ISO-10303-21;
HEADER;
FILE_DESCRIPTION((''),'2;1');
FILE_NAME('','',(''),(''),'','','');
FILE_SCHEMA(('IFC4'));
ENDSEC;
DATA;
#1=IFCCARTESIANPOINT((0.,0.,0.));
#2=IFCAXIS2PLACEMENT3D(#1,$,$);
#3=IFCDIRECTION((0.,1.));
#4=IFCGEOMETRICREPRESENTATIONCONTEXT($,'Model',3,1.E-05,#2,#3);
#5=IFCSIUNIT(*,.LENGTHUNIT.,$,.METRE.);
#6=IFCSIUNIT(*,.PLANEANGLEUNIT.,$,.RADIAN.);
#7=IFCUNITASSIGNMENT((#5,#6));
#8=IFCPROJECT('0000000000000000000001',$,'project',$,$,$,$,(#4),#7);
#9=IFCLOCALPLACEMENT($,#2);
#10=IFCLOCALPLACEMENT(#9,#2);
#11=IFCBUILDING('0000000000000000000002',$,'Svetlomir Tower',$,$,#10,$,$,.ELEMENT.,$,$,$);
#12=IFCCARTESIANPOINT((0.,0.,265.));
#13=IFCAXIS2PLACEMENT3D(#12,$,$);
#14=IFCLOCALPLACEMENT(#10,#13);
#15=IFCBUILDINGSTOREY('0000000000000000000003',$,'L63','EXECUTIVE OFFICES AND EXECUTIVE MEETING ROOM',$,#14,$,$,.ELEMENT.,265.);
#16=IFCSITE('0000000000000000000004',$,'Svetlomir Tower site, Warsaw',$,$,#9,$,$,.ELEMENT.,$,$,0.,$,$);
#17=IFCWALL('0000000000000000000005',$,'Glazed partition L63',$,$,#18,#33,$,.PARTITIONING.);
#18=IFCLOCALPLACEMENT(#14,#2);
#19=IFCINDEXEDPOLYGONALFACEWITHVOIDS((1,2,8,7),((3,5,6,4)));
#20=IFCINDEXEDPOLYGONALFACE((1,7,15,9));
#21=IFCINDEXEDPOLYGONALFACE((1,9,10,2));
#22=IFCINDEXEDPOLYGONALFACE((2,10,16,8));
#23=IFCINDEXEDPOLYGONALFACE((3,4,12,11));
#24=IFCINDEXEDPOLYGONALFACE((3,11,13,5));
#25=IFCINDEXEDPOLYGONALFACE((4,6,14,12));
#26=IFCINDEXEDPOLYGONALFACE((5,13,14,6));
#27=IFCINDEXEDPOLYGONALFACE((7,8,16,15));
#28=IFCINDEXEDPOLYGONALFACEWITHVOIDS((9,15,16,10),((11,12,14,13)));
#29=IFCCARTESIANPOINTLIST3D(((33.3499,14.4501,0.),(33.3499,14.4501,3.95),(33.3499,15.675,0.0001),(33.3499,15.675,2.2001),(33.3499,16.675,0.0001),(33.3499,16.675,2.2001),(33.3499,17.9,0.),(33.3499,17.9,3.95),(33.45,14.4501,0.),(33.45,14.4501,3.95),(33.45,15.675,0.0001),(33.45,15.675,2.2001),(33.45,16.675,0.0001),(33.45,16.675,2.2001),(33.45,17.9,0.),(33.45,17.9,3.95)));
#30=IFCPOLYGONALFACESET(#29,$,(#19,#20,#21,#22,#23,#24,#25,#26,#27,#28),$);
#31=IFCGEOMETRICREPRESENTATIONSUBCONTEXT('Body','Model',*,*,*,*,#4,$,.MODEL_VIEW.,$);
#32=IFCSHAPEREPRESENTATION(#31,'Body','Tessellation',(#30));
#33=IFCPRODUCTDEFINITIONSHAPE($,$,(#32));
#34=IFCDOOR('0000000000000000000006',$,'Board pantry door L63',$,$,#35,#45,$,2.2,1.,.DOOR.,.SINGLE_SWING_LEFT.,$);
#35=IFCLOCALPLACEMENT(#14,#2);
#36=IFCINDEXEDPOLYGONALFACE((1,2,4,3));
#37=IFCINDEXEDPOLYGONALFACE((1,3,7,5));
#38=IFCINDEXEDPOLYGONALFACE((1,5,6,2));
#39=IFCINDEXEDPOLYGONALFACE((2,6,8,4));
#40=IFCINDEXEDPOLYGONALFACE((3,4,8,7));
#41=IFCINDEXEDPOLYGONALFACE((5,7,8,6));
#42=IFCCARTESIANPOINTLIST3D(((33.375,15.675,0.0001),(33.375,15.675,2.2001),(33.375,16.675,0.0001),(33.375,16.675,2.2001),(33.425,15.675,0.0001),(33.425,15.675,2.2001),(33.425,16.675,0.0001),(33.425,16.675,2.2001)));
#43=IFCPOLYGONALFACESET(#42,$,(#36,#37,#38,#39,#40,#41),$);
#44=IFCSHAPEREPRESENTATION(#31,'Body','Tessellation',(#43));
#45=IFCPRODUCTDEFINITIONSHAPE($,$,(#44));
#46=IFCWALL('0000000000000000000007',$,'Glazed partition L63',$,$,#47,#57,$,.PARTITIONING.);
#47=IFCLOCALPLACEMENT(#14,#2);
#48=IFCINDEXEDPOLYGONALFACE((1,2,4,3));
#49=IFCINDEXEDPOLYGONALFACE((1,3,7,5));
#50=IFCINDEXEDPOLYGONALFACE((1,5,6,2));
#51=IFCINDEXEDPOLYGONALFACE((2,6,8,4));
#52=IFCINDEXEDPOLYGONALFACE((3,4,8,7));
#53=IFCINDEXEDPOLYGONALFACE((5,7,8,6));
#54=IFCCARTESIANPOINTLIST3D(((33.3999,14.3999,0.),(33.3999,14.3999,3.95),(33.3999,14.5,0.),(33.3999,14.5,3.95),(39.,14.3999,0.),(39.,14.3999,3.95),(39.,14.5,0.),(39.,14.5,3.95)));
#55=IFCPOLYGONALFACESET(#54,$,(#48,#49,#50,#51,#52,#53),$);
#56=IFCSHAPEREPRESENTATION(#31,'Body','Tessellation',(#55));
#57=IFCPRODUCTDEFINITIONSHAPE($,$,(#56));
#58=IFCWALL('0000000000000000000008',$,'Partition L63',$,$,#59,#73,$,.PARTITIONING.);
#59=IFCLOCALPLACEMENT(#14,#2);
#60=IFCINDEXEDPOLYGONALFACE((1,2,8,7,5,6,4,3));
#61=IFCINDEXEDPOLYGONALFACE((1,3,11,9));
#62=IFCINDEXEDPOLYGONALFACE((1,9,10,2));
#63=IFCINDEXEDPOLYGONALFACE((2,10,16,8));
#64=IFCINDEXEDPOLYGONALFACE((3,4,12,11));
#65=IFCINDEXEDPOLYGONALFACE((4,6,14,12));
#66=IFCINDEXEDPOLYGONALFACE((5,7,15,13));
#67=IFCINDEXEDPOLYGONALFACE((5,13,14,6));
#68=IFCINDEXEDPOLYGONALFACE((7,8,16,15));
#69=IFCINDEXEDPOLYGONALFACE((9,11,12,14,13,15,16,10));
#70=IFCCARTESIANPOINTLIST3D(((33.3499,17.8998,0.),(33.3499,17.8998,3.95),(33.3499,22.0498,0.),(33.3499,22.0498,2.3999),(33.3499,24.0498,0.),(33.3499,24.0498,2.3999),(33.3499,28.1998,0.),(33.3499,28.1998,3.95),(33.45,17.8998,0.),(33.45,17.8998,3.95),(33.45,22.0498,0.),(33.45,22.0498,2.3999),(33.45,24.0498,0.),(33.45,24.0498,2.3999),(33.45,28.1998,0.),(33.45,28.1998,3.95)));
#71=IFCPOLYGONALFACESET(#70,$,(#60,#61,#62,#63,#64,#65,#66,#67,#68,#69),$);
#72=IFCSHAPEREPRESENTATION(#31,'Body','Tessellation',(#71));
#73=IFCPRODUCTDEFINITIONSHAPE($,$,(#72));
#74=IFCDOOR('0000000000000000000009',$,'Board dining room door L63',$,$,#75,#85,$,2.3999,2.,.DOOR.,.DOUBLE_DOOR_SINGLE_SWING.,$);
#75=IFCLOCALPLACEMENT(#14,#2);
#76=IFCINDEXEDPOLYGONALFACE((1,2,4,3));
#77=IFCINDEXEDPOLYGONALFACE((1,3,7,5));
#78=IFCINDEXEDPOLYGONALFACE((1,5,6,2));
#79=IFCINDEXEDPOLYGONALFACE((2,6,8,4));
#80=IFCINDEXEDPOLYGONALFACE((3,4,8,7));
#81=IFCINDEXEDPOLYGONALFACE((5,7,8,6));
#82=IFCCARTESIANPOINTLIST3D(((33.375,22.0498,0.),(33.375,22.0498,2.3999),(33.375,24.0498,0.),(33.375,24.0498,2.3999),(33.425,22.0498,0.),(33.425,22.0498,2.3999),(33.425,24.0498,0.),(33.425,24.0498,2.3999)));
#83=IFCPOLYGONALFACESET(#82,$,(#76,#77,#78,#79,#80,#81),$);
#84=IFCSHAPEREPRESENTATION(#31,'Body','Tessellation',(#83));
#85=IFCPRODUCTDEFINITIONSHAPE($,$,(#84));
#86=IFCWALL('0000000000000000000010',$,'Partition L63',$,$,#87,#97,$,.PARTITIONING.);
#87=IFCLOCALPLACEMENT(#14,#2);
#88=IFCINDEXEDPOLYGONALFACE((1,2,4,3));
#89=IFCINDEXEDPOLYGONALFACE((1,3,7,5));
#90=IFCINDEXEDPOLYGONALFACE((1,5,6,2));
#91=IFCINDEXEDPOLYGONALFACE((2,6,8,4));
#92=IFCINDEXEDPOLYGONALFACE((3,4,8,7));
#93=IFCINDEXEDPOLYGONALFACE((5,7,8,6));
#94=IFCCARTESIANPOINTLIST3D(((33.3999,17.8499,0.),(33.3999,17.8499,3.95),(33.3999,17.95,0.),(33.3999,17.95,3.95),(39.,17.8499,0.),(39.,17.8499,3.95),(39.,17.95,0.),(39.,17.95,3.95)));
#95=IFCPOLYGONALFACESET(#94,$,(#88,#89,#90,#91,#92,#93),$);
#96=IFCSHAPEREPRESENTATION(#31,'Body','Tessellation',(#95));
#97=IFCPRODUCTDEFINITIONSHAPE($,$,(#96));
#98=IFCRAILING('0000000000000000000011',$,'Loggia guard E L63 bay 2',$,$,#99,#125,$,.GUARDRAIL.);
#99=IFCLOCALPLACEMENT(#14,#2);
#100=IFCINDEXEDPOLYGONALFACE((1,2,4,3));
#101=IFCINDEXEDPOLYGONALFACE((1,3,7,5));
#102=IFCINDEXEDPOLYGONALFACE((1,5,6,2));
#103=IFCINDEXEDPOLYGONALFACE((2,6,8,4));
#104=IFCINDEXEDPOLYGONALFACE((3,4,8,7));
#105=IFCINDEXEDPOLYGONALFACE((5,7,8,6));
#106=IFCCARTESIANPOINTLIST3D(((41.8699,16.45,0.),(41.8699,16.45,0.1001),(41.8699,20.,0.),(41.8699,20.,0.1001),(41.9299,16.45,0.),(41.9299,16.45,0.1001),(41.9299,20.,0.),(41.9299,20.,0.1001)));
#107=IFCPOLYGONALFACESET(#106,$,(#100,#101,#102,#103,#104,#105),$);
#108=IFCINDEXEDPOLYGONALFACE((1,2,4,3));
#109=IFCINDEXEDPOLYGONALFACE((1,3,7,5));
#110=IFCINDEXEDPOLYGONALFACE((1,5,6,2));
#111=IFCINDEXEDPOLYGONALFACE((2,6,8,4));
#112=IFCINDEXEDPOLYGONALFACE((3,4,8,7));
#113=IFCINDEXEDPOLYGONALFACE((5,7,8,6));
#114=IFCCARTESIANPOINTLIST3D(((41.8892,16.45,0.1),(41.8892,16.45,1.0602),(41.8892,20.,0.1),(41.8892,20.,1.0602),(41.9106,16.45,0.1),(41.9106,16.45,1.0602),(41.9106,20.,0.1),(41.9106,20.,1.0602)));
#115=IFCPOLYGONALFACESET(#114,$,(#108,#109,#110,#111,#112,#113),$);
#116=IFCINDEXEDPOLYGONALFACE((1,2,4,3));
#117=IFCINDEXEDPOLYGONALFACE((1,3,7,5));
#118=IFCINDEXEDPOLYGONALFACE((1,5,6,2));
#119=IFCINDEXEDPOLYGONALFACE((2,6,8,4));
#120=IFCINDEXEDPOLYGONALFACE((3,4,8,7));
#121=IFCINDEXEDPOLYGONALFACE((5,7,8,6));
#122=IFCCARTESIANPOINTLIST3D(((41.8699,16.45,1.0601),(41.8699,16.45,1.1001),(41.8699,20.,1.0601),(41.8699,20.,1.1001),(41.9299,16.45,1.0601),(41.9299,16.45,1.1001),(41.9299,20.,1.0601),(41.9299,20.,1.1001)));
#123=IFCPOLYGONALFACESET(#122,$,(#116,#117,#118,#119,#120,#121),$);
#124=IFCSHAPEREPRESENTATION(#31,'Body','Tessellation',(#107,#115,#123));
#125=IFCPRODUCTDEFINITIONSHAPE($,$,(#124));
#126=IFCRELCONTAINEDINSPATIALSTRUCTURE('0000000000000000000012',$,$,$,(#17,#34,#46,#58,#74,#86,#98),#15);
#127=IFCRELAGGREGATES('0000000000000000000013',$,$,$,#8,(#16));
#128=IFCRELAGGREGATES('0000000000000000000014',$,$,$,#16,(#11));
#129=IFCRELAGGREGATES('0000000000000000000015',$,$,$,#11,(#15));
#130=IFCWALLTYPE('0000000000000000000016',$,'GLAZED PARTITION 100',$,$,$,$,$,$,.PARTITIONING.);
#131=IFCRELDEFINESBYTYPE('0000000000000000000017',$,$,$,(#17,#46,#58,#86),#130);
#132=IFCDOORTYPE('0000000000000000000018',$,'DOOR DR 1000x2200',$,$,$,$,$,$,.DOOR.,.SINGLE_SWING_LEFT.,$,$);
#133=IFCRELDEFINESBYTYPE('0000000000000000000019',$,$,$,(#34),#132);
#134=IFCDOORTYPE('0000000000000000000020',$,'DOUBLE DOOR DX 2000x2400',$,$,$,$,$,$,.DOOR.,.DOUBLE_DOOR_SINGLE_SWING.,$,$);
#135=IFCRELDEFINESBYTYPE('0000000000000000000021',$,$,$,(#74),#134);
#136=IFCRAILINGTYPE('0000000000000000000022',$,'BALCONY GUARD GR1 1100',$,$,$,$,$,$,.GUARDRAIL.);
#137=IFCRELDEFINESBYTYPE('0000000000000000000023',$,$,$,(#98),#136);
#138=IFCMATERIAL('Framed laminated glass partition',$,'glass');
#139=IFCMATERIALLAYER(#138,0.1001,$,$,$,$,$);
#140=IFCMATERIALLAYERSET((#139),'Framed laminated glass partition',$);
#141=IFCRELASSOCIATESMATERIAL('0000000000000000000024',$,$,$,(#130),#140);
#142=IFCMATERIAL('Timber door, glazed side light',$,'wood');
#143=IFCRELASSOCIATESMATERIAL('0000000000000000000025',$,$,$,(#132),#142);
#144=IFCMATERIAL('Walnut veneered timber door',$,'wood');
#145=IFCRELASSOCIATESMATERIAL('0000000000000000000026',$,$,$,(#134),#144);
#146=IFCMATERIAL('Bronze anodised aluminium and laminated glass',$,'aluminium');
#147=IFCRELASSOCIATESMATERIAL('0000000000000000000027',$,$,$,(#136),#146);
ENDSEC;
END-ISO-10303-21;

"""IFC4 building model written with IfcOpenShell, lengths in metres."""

from ifc_helpers import new_model, si_unit, direction, frame, frame_2d, origin, origin_2d, place, context, subcontext, project, spatial, rectangle, extrude, material, layer, layer_set, type_object, element, fill, save


model = new_model("IFC4")

# Units and contexts
model_context = context("Model", 3, precision=1e-05, world=origin(), true_north=direction((0.0, 1.0)))
body_context = subcontext(model_context, "Body", "Model", "MODEL_VIEW")
ifc_project = project(units=[si_unit("LENGTHUNIT", "METRE"), si_unit("PLANEANGLEUNIT", "RADIAN")], contexts=[model_context])

# Site, building, storey
site_placement = place(None, origin())
site = spatial("IfcSite", under=ifc_project, at=site_placement, Name="Svetlomir Tower site, Warsaw", CompositionType="ELEMENT", RefElevation=0.0)
building_placement = place(site_placement, origin())
building = spatial("IfcBuilding", under=site, at=building_placement, Name="Svetlomir Tower", CompositionType="ELEMENT")
storey_placement = place(building_placement, frame((0.0, 0.0, 265.0)))
storey = spatial("IfcBuildingStorey", under=building, at=storey_placement, Name="L63", Description="EXECUTIVE OFFICES AND EXECUTIVE MEETING ROOM", CompositionType="ELEMENT", Elevation=265.0)

# Wall, opening, door
ifc_material_1 = material(Name="Framed laminated glass partition", Category="glass")
ifc_layer_1 = layer(ifc_material_1, 0.1001)
ifc_layer_set_1 = layer_set([ifc_layer_1], Name="Framed laminated glass partition")
wall_type = type_object("IfcWallType", Name="GLAZED PARTITION 100", PredefinedType="PARTITIONING", material=ifc_layer_set_1)
wall_1_placement = place(storey_placement, frame((33.3999, 14.45, 0.0), z_axis=(0.0, 0.0, 1.0), x_axis=(0.0, 1.0, 0.0)))
wall_1 = element("IfcWall", 1, at=wall_1_placement, inside=storey, type_object=wall_type, Name="Glazed partition L63", PredefinedType="PARTITIONING", context=body_context, shape_type="SweptSolid", body=[
    extrude(rectangle(XDim=3.45, YDim=0.1001, at=frame_2d((1.7251, 0.0))), origin(), (0.0, 0.0, 1.0), 3.95),
])
opening_1_placement = place(wall_1_placement, frame((1.2251, 0.0, 0.0)))
opening_1 = element("IfcOpeningElement", 2, at=opening_1_placement, cuts=wall_1, PredefinedType="OPENING", context=body_context, shape_type="SweptSolid", body=[
    extrude(rectangle(XDim=1.0, YDim=2.2, at=frame_2d((0.5, 1.1001))), frame((0.0, 0.0601, 0.0), z_axis=(0.0, -1.0, 0.0), x_axis=(1.0, 0.0, 0.0)), (0.0, 0.0, 1.0), 0.1201),
])
ifc_material_2 = material(Name="Timber door, glazed side light", Category="wood")
door_type_1 = type_object("IfcDoorType", Name="DOOR DR 1000x2200", OperationType="SINGLE_SWING_LEFT", PredefinedType="DOOR", material=ifc_material_2)
door_1_placement = place(opening_1_placement, origin())
door_1 = element("IfcDoor", 3, at=door_1_placement, inside=storey, type_object=door_type_1, Name="Board pantry door L63", OperationType="SINGLE_SWING_LEFT", OverallHeight=2.2, OverallWidth=1.0, PredefinedType="DOOR", context=body_context, shape_type="SweptSolid", body=[
    extrude(rectangle(XDim=1.0, YDim=2.2, at=frame_2d((0.5, 1.1001))), frame((0.0, 0.0249, 0.0), z_axis=(0.0, -1.0, 0.0), x_axis=(1.0, 0.0, 0.0)), (0.0, 0.0, 1.0), 0.05),
])
fill(opening_1, door_1)

# Wall
wall_2_placement = place(storey_placement, frame((33.3999, 14.45, 0.0), z_axis=(0.0, 0.0, 1.0), x_axis=(1.0, 0.0, 0.0)))
element("IfcWall", 4, at=wall_2_placement, inside=storey, type_object=wall_type, Name="Glazed partition L63", PredefinedType="PARTITIONING", context=body_context, shape_type="SweptSolid", body=[
    extrude(rectangle(XDim=5.6001, YDim=0.1001, at=frame_2d((2.8, 0.0))), origin(), (0.0, 0.0, 1.0), 3.95),
])

# Wall, opening, door
wall_3_placement = place(storey_placement, frame((33.3999, 17.8999, 0.0), z_axis=(0.0, 0.0, 1.0), x_axis=(0.0, 1.0, 0.0)))
wall_3 = element("IfcWall", 5, at=wall_3_placement, inside=storey, type_object=wall_type, Name="Partition L63", PredefinedType="PARTITIONING", context=body_context, shape_type="SweptSolid", body=[
    extrude(rectangle(XDim=10.3, YDim=0.1001, at=frame_2d((5.1499, 0.0))), origin(), (0.0, 0.0, 1.0), 3.95),
])
opening_2_placement = place(wall_3_placement, frame((4.1499, 0.0, 0.0)))
opening_2 = element("IfcOpeningElement", 6, at=opening_2_placement, cuts=wall_3, PredefinedType="OPENING", context=body_context, shape_type="SweptSolid", body=[
    extrude(rectangle(XDim=2.0, YDim=2.3999, at=frame_2d((1.0, 1.2))), frame((0.0, 0.0601, 0.0), z_axis=(0.0, -1.0, 0.0), x_axis=(1.0, 0.0, 0.0)), (0.0, 0.0, 1.0), 0.1201),
])
ifc_material_3 = material(Name="Walnut veneered timber door", Category="wood")
door_type_2 = type_object("IfcDoorType", Name="DOUBLE DOOR DX 2000x2400", OperationType="DOUBLE_DOOR_SINGLE_SWING", PredefinedType="DOOR", material=ifc_material_3)
door_2_placement = place(opening_2_placement, origin())
door_2 = element("IfcDoor", 7, at=door_2_placement, inside=storey, type_object=door_type_2, Name="Board dining room door L63", OperationType="DOUBLE_DOOR_SINGLE_SWING", OverallHeight=2.3999, OverallWidth=2.0, PredefinedType="DOOR", context=body_context, shape_type="SweptSolid", body=[
    extrude(rectangle(XDim=2.0, YDim=2.3999, at=frame_2d((1.0, 1.2))), frame((0.0, 0.0249, 0.0), z_axis=(0.0, -1.0, 0.0), x_axis=(1.0, 0.0, 0.0)), (0.0, 0.0, 1.0), 0.05),
])
fill(opening_2, door_2)

# Wall
wall_4_placement = place(storey_placement, frame((33.3999, 17.8999, 0.0), z_axis=(0.0, 0.0, 1.0), x_axis=(1.0, 0.0, 0.0)))
element("IfcWall", 8, at=wall_4_placement, inside=storey, type_object=wall_type, Name="Partition L63", PredefinedType="PARTITIONING", context=body_context, shape_type="SweptSolid", body=[
    extrude(rectangle(XDim=5.6001, YDim=0.1001, at=frame_2d((2.8, 0.0))), origin(), (0.0, 0.0, 1.0), 3.95),
])

# Railing
ifc_material_4 = material(Name="Bronze anodised aluminium and laminated glass", Category="aluminium")
railing_type = type_object("IfcRailingType", Name="BALCONY GUARD GR1 1100", PredefinedType="GUARDRAIL", material=ifc_material_4)
railing_placement = place(storey_placement, frame((41.8999, 16.45, 0.0)))
element("IfcRailing", 9, at=railing_placement, inside=storey, type_object=railing_type, Name="Loggia guard E L63 bay 2", PredefinedType="GUARDRAIL", context=body_context, shape_type="SweptSolid", body=[
    extrude(rectangle(XDim=0.0601, YDim=0.1001, at=origin_2d()), frame((0.0, 0.0, 0.05), z_axis=(0.0, 1.0, 0.0), x_axis=(-1.0, 0.0, 0.0)), (0.0, 0.0, 1.0), 3.55),
    extrude(rectangle(XDim=0.0215, YDim=0.9602, at=origin_2d()), frame((0.0, 0.0, 0.5801), z_axis=(0.0, 1.0, 0.0), x_axis=(-1.0, 0.0, 0.0)), (0.0, 0.0, 1.0), 3.55),
    extrude(rectangle(XDim=0.0601, YDim=0.04, at=origin_2d()), frame((0.0, 0.0, 1.0801), z_axis=(0.0, 1.0, 0.0), x_axis=(-1.0, 0.0, 0.0)), (0.0, 0.0, 1.0), 3.55),
])

save(model, "model.ifc")
